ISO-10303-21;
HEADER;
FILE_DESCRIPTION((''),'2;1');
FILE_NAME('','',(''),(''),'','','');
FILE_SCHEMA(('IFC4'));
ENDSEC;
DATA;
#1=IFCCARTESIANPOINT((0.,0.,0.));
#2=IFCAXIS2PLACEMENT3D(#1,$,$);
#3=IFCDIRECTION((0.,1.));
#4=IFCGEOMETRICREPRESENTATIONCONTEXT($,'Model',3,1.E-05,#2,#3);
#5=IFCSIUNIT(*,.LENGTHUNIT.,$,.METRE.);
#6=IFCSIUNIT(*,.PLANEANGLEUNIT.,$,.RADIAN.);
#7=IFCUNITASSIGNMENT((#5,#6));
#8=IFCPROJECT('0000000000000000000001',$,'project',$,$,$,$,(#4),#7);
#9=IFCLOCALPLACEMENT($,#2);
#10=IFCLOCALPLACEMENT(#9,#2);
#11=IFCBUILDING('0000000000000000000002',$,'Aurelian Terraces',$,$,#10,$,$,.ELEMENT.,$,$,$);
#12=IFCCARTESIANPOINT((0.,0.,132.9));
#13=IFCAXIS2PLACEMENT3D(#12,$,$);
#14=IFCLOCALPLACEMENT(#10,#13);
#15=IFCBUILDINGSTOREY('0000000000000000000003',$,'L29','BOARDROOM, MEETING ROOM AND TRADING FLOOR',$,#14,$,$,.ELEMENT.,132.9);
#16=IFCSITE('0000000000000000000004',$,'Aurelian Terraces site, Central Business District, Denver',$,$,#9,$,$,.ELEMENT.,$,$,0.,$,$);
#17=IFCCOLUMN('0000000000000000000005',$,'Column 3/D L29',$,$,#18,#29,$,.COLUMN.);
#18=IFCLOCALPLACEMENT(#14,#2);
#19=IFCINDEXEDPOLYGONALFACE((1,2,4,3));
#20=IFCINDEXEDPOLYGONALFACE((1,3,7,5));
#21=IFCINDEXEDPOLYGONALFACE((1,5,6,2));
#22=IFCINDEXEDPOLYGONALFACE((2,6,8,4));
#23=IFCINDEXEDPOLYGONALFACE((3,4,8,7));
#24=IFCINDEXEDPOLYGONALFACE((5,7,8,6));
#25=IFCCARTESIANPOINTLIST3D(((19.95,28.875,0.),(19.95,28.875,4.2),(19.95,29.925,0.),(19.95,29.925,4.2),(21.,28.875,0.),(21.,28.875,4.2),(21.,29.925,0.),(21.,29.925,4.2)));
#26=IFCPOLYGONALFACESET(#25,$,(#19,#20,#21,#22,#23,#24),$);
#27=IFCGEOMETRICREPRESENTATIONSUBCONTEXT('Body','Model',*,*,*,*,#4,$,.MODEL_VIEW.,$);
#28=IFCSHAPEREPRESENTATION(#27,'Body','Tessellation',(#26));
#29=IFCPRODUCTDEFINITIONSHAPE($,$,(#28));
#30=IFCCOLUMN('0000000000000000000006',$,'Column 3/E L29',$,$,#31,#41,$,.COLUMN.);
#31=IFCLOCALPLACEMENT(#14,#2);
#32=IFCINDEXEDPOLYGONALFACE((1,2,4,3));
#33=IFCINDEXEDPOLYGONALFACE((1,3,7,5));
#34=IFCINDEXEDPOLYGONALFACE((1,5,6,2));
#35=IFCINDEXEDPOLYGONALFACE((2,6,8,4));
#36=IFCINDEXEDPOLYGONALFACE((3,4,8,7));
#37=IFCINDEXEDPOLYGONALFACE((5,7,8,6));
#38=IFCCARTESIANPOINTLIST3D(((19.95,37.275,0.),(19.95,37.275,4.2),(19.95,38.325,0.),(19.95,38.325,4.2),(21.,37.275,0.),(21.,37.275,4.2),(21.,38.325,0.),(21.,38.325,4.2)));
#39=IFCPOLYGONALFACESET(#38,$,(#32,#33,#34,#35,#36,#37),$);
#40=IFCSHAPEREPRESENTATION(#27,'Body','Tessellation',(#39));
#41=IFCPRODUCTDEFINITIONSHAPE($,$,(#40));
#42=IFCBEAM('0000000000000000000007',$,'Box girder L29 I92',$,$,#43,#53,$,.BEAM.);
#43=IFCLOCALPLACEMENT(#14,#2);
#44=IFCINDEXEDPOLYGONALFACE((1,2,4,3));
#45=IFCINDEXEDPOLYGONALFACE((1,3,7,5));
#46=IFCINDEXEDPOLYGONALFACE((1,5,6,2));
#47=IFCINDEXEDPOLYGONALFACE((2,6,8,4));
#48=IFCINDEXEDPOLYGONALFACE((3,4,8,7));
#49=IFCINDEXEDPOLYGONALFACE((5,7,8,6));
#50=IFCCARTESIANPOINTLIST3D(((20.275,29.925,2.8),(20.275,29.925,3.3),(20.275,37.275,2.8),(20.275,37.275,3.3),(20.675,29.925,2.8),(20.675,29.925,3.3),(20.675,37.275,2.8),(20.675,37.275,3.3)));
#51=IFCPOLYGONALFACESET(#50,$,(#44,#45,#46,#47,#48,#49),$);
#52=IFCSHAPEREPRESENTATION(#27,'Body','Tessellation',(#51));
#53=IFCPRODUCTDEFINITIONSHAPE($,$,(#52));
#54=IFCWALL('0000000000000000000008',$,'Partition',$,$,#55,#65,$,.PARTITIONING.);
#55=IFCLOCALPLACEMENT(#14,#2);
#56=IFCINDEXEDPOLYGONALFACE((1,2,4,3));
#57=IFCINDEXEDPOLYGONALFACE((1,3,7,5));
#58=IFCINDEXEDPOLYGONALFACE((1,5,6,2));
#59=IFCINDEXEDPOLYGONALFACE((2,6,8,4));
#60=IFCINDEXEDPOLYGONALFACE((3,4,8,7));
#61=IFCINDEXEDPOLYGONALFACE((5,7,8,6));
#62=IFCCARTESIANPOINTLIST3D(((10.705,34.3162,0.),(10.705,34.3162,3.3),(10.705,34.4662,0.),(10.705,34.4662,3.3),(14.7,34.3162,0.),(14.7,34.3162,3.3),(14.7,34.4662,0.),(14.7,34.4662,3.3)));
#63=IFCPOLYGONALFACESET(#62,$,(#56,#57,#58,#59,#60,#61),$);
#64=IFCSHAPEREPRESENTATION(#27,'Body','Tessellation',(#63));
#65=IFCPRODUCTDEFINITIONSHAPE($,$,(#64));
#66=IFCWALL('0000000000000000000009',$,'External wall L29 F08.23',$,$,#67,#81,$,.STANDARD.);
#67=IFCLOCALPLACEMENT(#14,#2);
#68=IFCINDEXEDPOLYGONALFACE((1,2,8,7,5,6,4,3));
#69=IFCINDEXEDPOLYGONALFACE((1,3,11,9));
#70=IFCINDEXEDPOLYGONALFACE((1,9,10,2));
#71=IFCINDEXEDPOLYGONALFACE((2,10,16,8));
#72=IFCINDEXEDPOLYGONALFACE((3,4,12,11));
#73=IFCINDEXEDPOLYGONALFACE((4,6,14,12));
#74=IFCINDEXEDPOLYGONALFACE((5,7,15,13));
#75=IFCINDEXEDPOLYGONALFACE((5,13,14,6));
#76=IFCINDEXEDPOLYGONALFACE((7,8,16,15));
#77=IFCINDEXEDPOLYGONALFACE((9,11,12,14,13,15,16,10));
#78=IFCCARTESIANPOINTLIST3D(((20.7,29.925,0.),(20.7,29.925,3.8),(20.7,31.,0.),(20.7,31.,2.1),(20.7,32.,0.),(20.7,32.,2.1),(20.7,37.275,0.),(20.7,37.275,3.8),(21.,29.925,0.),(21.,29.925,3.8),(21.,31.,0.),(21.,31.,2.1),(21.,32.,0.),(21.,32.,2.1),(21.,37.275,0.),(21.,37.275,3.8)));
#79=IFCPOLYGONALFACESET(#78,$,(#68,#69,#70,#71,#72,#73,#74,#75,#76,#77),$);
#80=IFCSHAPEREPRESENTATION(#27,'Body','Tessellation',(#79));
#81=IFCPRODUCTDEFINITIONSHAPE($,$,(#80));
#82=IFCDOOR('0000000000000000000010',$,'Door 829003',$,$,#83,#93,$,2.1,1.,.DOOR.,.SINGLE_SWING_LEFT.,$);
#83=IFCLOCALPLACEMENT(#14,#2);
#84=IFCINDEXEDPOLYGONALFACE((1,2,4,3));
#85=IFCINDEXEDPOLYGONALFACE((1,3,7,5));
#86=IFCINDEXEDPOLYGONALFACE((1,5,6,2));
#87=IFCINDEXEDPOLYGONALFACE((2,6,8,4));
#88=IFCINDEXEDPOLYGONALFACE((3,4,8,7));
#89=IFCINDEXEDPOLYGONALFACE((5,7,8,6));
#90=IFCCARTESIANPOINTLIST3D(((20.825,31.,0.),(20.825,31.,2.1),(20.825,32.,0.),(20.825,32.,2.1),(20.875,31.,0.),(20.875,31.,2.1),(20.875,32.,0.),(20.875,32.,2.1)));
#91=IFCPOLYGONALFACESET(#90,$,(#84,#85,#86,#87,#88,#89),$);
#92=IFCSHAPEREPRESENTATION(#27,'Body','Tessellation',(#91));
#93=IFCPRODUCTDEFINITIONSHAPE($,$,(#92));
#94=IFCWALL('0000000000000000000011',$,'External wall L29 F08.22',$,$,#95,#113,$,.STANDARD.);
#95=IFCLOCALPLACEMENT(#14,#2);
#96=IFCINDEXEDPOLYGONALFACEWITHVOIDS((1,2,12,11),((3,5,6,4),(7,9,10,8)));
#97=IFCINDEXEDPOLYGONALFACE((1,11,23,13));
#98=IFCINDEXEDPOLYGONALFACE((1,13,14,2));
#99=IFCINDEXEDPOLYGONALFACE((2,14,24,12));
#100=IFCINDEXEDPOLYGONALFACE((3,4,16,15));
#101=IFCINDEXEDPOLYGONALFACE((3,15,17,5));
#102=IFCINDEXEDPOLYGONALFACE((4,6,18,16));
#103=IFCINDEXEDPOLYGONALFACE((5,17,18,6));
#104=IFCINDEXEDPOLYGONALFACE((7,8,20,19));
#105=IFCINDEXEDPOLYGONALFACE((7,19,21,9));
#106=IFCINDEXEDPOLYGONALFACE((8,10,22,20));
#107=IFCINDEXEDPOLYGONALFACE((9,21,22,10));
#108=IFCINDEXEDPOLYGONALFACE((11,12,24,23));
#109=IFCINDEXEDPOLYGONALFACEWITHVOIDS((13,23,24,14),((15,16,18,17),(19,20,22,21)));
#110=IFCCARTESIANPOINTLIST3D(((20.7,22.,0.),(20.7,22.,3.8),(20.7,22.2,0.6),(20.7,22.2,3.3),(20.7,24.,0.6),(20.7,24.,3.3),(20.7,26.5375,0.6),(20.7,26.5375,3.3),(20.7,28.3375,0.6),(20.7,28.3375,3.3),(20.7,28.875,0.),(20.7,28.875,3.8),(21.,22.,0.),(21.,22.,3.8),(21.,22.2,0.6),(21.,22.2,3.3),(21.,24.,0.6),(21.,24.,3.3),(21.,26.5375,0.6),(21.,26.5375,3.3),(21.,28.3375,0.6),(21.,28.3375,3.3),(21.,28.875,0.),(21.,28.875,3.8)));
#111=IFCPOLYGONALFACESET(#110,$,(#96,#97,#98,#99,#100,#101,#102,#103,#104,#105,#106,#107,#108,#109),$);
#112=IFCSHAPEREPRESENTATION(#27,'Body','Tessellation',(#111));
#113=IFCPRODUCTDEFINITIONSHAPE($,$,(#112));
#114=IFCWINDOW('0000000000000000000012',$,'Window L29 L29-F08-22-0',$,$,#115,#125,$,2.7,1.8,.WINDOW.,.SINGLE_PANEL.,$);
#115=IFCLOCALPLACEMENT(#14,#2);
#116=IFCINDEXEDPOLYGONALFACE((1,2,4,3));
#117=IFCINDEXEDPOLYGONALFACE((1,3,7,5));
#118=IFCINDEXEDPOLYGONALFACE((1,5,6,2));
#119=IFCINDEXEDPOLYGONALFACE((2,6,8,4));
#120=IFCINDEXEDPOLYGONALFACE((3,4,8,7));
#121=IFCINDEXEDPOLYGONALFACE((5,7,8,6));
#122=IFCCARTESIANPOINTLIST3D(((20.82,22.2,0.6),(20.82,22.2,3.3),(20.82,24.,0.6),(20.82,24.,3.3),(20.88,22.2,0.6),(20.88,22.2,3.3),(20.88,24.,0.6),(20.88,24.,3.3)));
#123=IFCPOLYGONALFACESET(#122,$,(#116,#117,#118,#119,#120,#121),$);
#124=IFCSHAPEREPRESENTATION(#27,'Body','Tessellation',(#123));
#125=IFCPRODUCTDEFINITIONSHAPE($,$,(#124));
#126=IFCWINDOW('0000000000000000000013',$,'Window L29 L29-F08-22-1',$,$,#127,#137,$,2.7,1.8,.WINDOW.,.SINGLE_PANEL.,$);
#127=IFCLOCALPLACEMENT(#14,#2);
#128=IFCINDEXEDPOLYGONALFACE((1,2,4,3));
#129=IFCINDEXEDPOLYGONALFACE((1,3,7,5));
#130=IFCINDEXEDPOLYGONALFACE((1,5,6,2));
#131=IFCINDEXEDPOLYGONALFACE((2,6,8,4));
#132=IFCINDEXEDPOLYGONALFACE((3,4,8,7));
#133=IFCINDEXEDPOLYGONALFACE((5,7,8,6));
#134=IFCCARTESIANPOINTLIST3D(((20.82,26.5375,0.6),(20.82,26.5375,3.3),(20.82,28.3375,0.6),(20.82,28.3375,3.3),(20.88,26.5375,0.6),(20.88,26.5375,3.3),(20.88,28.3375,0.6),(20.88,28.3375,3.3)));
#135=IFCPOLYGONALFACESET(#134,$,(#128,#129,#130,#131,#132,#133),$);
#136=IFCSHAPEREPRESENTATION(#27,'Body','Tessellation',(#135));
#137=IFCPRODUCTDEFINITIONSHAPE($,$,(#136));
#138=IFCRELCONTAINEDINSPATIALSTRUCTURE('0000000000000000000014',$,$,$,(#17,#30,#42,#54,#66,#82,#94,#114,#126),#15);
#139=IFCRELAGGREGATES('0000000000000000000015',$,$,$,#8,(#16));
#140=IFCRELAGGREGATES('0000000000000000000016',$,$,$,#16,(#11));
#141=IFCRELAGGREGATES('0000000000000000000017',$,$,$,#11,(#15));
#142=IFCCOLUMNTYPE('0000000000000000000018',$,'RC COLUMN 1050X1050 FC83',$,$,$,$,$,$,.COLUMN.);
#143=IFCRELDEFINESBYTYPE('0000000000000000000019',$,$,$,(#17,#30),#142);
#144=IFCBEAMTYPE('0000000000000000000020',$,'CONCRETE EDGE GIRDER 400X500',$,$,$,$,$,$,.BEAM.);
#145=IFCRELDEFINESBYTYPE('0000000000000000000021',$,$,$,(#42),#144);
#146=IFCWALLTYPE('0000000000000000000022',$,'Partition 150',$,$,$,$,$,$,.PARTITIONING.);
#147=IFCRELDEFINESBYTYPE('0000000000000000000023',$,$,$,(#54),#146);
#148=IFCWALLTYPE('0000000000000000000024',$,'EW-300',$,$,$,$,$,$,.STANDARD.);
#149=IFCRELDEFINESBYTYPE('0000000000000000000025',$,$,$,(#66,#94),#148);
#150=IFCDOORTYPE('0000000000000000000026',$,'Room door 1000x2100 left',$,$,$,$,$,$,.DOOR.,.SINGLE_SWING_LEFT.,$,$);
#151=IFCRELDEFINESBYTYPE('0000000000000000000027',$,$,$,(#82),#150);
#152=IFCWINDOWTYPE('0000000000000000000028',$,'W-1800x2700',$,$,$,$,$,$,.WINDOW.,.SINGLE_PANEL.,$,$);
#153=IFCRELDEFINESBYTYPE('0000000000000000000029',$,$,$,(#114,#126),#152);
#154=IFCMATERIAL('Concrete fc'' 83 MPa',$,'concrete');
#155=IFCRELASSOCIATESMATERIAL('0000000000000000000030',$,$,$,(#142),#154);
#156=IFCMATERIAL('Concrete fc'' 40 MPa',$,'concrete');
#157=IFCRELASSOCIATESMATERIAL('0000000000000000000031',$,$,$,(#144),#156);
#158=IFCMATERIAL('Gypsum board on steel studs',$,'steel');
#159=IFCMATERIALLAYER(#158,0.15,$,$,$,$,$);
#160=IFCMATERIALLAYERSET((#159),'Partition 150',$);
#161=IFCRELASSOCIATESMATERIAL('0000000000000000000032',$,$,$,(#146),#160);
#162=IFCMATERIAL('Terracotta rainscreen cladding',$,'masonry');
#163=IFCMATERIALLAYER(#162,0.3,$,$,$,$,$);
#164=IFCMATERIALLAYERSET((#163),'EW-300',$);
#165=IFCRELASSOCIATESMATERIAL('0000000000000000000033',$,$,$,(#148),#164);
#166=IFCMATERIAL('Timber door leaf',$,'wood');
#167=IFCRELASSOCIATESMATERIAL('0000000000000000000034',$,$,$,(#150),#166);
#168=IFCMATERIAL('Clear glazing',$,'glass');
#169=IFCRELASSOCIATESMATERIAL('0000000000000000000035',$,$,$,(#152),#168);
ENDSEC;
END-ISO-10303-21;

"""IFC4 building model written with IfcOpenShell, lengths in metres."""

from ifc_helpers import new_model, si_unit, direction, frame, frame_2d, origin, origin_2d, place, context, subcontext, project, spatial, rectangle, extrude, source, transform, mapped, material, layer, layer_set, material_profile, profile_set, type_object, element, fill, save


model = new_model("IFC4")

# Units and contexts
model_context = context("Model", 3, precision=1e-05, world=origin(), true_north=direction((0.0, 1.0)))
body_context = subcontext(model_context, "Body", "Model", "MODEL_VIEW")
ifc_project = project(units=[si_unit("LENGTHUNIT", "METRE"), si_unit("PLANEANGLEUNIT", "RADIAN")], contexts=[model_context])

# Site, building, storey
site_placement = place(None, origin())
site = spatial("IfcSite", under=ifc_project, at=site_placement, Name="Aurelian Terraces site, Central Business District, Denver", CompositionType="ELEMENT", RefElevation=0.0)
building_placement = place(site_placement, origin())
building = spatial("IfcBuilding", under=site, at=building_placement, Name="Aurelian Terraces", CompositionType="ELEMENT")
storey_placement = place(building_placement, frame((0.0, 0.0, 132.9)))
storey = spatial("IfcBuildingStorey", under=building, at=storey_placement, Name="L29", Description="BOARDROOM, MEETING ROOM AND TRADING FLOOR", CompositionType="ELEMENT", Elevation=132.9)

# Columns
ifc_material_1 = material(Name="Concrete fc' 83 MPa", Category="concrete")
ifc_material_profile_1 = material_profile(ifc_material_1, rectangle(XDim=1.05, YDim=1.05, at=origin_2d()))
ifc_profile_set_1 = profile_set([ifc_material_profile_1], Name="Concrete fc' 83 MPa")
column_type = type_object("IfcColumnType", Name="RC COLUMN 1050X1050 FC83", PredefinedType="COLUMN", material=ifc_profile_set_1)
shared_shape_1 = source(origin(), body_context, "Body", "SweptSolid", [
    extrude(rectangle(XDim=1.05, YDim=1.05, at=origin_2d()), origin(), (0.0, 0.0, 1.0), 4.2),
])
for number, where, z_axis, x_axis, name in (
    (1, (20.475, 29.4, 0.0), (0.0, 0.0, 1.0), (1.0, 0.0, 0.0), "Column 3/D L29"),
    (2, (20.475, 37.8, 0.0), (0.0, 0.0, 1.0), (1.0, 0.0, 0.0), "Column 3/E L29"),
):
    element("IfcColumn", number, at=place(storey_placement, frame(where, z_axis=z_axis, x_axis=x_axis)), inside=storey, type_object=column_type, Name=name, PredefinedType="COLUMN", context=body_context, shape_type="MappedRepresentation", body=[
        mapped(shared_shape_1, transform((0.0, 0.0, 0.0), scale=1.0)),
    ])

# Beam
ifc_material_2 = material(Name="Concrete fc' 40 MPa", Category="concrete")
ifc_material_profile_2 = material_profile(ifc_material_2, rectangle(XDim=0.4, YDim=0.5, at=origin_2d()))
ifc_profile_set_2 = profile_set([ifc_material_profile_2], Name="Concrete fc' 40 MPa")
beam_type = type_object("IfcBeamType", Name="CONCRETE EDGE GIRDER 400X500", PredefinedType="BEAM", material=ifc_profile_set_2)
shared_shape_2 = source(origin(), body_context, "Body", "SweptSolid", [
    extrude(rectangle(XDim=0.4, YDim=0.5, at=origin_2d()), origin(), (0.0, 0.0, 1.0), 7.35),
])
beam_placement = place(storey_placement, frame((20.475, 29.925, 3.05), z_axis=(0.0, 1.0, 0.0), x_axis=(-1.0, 0.0, 0.0)))
element("IfcBeam", 3, at=beam_placement, inside=storey, type_object=beam_type, Name="Box girder L29 I92", PredefinedType="BEAM", context=body_context, shape_type="MappedRepresentation", body=[
    mapped(shared_shape_2, transform((0.0, 0.0, 0.0), scale=1.0)),
])

# Wall
ifc_material_3 = material(Name="Gypsum board on steel studs", Category="steel")
ifc_layer_1 = layer(ifc_material_3, 0.15)
ifc_layer_set_1 = layer_set([ifc_layer_1], Name="Partition 150")
wall_type_1 = type_object("IfcWallType", Name="Partition 150", PredefinedType="PARTITIONING", material=ifc_layer_set_1)
wall_1_placement = place(storey_placement, frame((14.7, 34.3912, 0.0), z_axis=(0.0, 0.0, 1.0), x_axis=(-1.0, 0.0, 0.0)))
element("IfcWall", 4, at=wall_1_placement, inside=storey, type_object=wall_type_1, Name="Partition", PredefinedType="PARTITIONING", context=body_context, shape_type="SweptSolid", body=[
    extrude(rectangle(XDim=3.995, YDim=0.15, at=frame_2d((1.9975, 0.0))), origin(), (0.0, 0.0, 1.0), 3.3),
])

# Wall, opening, door
ifc_material_4 = material(Name="Terracotta rainscreen cladding", Category="masonry")
ifc_layer_2 = layer(ifc_material_4, 0.3)
ifc_layer_set_2 = layer_set([ifc_layer_2], Name="EW-300")
wall_type_2 = type_object("IfcWallType", Name="EW-300", PredefinedType="STANDARD", material=ifc_layer_set_2)
shared_shape_3 = source(origin(), body_context, "Body", "SweptSolid", [
    extrude(rectangle(XDim=7.35, YDim=0.3, at=frame_2d((3.675, 0.0))), origin(), (0.0, 0.0, 1.0), 3.8),
])
wall_2_placement = place(storey_placement, frame((20.85, 29.925, 0.0), z_axis=(0.0, 0.0, 1.0), x_axis=(0.0, 1.0, 0.0)))
wall_2 = element("IfcWall", 5, at=wall_2_placement, inside=storey, type_object=wall_type_2, Name="External wall L29 F08.23", PredefinedType="STANDARD", context=body_context, shape_type="MappedRepresentation", body=[
    mapped(shared_shape_3, transform((0.0, 0.0, 0.0), scale=1.0)),
])
shared_shape_4 = source(origin(), body_context, "Body", "SweptSolid", [
    extrude(rectangle(XDim=1.0, YDim=2.1, at=frame_2d((0.5, 1.05))), frame((0.0, 0.16, 0.0), z_axis=(0.0, -1.0, 0.0), x_axis=(1.0, 0.0, 0.0)), (0.0, 0.0, 1.0), 0.32),
])
opening_1_placement = place(wall_2_placement, frame((1.075, 0.0, 0.0)))
opening_1 = element("IfcOpeningElement", 6, at=opening_1_placement, cuts=wall_2, PredefinedType="OPENING", context=body_context, shape_type="MappedRepresentation", body=[
    mapped(shared_shape_4, transform((0.0, 0.0, 0.0), scale=1.0)),
])
ifc_material_5 = material(Name="Timber door leaf", Category="wood")
door_type_1 = type_object("IfcDoorType", Name="Room door 1000x2100 left", OperationType="SINGLE_SWING_LEFT", PredefinedType="DOOR", material=ifc_material_5)
shared_shape_5 = source(origin(), body_context, "Body", "SweptSolid", [
    extrude(rectangle(XDim=1.0, YDim=2.1, at=frame_2d((0.5, 1.05))), frame((0.0, 0.025, 0.0), z_axis=(0.0, -1.0, 0.0), x_axis=(1.0, 0.0, 0.0)), (0.0, 0.0, 1.0), 0.05),
])
door_1_placement = place(opening_1_placement, origin())
door_1 = element("IfcDoor", 7, at=door_1_placement, inside=storey, type_object=door_type_1, Name="Door 829003", OperationType="SINGLE_SWING_LEFT", OverallHeight=2.1, OverallWidth=1.0, PredefinedType="DOOR", context=body_context, shape_type="MappedRepresentation", body=[
    mapped(shared_shape_5, transform((0.0, 0.0, 0.0), scale=1.0)),
])
fill(opening_1, door_1)

# Wall, openings, windows
shared_shape_6 = source(origin(), body_context, "Body", "SweptSolid", [
    extrude(rectangle(XDim=6.875, YDim=0.3, at=frame_2d((3.4375, 0.0))), origin(), (0.0, 0.0, 1.0), 3.8),
])
wall_3_placement = place(storey_placement, frame((20.85, 22.0, 0.0), z_axis=(0.0, 0.0, 1.0), x_axis=(0.0, 1.0, 0.0)))
wall_3 = element("IfcWall", 8, at=wall_3_placement, inside=storey, type_object=wall_type_2, Name="External wall L29 F08.22", PredefinedType="STANDARD", context=body_context, shape_type="MappedRepresentation", body=[
    mapped(shared_shape_6, transform((0.0, 0.0, 0.0), scale=1.0)),
])
shared_shape_7 = source(origin(), body_context, "Body", "SweptSolid", [
    extrude(rectangle(XDim=1.8, YDim=2.7, at=frame_2d((0.9, 1.35))), frame((0.0, 0.16, 0.0), z_axis=(0.0, -1.0, 0.0), x_axis=(1.0, 0.0, 0.0)), (0.0, 0.0, 1.0), 0.32),
])
opening_2_placement = place(wall_3_placement, frame((0.2, 0.0, 0.6)))
opening_2 = element("IfcOpeningElement", 9, at=opening_2_placement, cuts=wall_3, PredefinedType="OPENING", context=body_context, shape_type="MappedRepresentation", body=[
    mapped(shared_shape_7, transform((0.0, 0.0, 0.0), scale=1.0)),
])
opening_3_placement = place(wall_3_placement, frame((4.5375, 0.0, 0.6)))
opening_3 = element("IfcOpeningElement", 10, at=opening_3_placement, cuts=wall_3, PredefinedType="OPENING", context=body_context, shape_type="MappedRepresentation", body=[
    mapped(shared_shape_7, transform((0.0, 0.0, 0.0), scale=1.0)),
])
ifc_material_6 = material(Name="Clear glazing", Category="glass")
window_type = type_object("IfcWindowType", Name="W-1800x2700", PartitioningType="SINGLE_PANEL", PredefinedType="WINDOW", material=ifc_material_6)
shared_shape_8 = source(origin(), body_context, "Body", "SweptSolid", [
    extrude(rectangle(XDim=1.8, YDim=2.7, at=frame_2d((0.9, 1.35))), frame((0.0, 0.03, 0.0), z_axis=(0.0, -1.0, 0.0), x_axis=(1.0, 0.0, 0.0)), (0.0, 0.0, 1.0), 0.06),
])
window_1_placement = place(opening_2_placement, origin())
window_1 = element("IfcWindow", 11, at=window_1_placement, inside=storey, type_object=window_type, Name="Window L29 L29-F08-22-0", OverallHeight=2.7, OverallWidth=1.8, PartitioningType="SINGLE_PANEL", PredefinedType="WINDOW", context=body_context, shape_type="MappedRepresentation", body=[
    mapped(shared_shape_8, transform((0.0, 0.0, 0.0), scale=1.0)),
])
fill(opening_2, window_1)
window_2_placement = place(opening_3_placement, origin())
window_2 = element("IfcWindow", 12, at=window_2_placement, inside=storey, type_object=window_type, Name="Window L29 L29-F08-22-1", OverallHeight=2.7, OverallWidth=1.8, PartitioningType="SINGLE_PANEL", PredefinedType="WINDOW", context=body_context, shape_type="MappedRepresentation", body=[
    mapped(shared_shape_8, transform((0.0, 0.0, 0.0), scale=1.0)),
])
fill(opening_3, window_2)

save(model, "model.ifc")
